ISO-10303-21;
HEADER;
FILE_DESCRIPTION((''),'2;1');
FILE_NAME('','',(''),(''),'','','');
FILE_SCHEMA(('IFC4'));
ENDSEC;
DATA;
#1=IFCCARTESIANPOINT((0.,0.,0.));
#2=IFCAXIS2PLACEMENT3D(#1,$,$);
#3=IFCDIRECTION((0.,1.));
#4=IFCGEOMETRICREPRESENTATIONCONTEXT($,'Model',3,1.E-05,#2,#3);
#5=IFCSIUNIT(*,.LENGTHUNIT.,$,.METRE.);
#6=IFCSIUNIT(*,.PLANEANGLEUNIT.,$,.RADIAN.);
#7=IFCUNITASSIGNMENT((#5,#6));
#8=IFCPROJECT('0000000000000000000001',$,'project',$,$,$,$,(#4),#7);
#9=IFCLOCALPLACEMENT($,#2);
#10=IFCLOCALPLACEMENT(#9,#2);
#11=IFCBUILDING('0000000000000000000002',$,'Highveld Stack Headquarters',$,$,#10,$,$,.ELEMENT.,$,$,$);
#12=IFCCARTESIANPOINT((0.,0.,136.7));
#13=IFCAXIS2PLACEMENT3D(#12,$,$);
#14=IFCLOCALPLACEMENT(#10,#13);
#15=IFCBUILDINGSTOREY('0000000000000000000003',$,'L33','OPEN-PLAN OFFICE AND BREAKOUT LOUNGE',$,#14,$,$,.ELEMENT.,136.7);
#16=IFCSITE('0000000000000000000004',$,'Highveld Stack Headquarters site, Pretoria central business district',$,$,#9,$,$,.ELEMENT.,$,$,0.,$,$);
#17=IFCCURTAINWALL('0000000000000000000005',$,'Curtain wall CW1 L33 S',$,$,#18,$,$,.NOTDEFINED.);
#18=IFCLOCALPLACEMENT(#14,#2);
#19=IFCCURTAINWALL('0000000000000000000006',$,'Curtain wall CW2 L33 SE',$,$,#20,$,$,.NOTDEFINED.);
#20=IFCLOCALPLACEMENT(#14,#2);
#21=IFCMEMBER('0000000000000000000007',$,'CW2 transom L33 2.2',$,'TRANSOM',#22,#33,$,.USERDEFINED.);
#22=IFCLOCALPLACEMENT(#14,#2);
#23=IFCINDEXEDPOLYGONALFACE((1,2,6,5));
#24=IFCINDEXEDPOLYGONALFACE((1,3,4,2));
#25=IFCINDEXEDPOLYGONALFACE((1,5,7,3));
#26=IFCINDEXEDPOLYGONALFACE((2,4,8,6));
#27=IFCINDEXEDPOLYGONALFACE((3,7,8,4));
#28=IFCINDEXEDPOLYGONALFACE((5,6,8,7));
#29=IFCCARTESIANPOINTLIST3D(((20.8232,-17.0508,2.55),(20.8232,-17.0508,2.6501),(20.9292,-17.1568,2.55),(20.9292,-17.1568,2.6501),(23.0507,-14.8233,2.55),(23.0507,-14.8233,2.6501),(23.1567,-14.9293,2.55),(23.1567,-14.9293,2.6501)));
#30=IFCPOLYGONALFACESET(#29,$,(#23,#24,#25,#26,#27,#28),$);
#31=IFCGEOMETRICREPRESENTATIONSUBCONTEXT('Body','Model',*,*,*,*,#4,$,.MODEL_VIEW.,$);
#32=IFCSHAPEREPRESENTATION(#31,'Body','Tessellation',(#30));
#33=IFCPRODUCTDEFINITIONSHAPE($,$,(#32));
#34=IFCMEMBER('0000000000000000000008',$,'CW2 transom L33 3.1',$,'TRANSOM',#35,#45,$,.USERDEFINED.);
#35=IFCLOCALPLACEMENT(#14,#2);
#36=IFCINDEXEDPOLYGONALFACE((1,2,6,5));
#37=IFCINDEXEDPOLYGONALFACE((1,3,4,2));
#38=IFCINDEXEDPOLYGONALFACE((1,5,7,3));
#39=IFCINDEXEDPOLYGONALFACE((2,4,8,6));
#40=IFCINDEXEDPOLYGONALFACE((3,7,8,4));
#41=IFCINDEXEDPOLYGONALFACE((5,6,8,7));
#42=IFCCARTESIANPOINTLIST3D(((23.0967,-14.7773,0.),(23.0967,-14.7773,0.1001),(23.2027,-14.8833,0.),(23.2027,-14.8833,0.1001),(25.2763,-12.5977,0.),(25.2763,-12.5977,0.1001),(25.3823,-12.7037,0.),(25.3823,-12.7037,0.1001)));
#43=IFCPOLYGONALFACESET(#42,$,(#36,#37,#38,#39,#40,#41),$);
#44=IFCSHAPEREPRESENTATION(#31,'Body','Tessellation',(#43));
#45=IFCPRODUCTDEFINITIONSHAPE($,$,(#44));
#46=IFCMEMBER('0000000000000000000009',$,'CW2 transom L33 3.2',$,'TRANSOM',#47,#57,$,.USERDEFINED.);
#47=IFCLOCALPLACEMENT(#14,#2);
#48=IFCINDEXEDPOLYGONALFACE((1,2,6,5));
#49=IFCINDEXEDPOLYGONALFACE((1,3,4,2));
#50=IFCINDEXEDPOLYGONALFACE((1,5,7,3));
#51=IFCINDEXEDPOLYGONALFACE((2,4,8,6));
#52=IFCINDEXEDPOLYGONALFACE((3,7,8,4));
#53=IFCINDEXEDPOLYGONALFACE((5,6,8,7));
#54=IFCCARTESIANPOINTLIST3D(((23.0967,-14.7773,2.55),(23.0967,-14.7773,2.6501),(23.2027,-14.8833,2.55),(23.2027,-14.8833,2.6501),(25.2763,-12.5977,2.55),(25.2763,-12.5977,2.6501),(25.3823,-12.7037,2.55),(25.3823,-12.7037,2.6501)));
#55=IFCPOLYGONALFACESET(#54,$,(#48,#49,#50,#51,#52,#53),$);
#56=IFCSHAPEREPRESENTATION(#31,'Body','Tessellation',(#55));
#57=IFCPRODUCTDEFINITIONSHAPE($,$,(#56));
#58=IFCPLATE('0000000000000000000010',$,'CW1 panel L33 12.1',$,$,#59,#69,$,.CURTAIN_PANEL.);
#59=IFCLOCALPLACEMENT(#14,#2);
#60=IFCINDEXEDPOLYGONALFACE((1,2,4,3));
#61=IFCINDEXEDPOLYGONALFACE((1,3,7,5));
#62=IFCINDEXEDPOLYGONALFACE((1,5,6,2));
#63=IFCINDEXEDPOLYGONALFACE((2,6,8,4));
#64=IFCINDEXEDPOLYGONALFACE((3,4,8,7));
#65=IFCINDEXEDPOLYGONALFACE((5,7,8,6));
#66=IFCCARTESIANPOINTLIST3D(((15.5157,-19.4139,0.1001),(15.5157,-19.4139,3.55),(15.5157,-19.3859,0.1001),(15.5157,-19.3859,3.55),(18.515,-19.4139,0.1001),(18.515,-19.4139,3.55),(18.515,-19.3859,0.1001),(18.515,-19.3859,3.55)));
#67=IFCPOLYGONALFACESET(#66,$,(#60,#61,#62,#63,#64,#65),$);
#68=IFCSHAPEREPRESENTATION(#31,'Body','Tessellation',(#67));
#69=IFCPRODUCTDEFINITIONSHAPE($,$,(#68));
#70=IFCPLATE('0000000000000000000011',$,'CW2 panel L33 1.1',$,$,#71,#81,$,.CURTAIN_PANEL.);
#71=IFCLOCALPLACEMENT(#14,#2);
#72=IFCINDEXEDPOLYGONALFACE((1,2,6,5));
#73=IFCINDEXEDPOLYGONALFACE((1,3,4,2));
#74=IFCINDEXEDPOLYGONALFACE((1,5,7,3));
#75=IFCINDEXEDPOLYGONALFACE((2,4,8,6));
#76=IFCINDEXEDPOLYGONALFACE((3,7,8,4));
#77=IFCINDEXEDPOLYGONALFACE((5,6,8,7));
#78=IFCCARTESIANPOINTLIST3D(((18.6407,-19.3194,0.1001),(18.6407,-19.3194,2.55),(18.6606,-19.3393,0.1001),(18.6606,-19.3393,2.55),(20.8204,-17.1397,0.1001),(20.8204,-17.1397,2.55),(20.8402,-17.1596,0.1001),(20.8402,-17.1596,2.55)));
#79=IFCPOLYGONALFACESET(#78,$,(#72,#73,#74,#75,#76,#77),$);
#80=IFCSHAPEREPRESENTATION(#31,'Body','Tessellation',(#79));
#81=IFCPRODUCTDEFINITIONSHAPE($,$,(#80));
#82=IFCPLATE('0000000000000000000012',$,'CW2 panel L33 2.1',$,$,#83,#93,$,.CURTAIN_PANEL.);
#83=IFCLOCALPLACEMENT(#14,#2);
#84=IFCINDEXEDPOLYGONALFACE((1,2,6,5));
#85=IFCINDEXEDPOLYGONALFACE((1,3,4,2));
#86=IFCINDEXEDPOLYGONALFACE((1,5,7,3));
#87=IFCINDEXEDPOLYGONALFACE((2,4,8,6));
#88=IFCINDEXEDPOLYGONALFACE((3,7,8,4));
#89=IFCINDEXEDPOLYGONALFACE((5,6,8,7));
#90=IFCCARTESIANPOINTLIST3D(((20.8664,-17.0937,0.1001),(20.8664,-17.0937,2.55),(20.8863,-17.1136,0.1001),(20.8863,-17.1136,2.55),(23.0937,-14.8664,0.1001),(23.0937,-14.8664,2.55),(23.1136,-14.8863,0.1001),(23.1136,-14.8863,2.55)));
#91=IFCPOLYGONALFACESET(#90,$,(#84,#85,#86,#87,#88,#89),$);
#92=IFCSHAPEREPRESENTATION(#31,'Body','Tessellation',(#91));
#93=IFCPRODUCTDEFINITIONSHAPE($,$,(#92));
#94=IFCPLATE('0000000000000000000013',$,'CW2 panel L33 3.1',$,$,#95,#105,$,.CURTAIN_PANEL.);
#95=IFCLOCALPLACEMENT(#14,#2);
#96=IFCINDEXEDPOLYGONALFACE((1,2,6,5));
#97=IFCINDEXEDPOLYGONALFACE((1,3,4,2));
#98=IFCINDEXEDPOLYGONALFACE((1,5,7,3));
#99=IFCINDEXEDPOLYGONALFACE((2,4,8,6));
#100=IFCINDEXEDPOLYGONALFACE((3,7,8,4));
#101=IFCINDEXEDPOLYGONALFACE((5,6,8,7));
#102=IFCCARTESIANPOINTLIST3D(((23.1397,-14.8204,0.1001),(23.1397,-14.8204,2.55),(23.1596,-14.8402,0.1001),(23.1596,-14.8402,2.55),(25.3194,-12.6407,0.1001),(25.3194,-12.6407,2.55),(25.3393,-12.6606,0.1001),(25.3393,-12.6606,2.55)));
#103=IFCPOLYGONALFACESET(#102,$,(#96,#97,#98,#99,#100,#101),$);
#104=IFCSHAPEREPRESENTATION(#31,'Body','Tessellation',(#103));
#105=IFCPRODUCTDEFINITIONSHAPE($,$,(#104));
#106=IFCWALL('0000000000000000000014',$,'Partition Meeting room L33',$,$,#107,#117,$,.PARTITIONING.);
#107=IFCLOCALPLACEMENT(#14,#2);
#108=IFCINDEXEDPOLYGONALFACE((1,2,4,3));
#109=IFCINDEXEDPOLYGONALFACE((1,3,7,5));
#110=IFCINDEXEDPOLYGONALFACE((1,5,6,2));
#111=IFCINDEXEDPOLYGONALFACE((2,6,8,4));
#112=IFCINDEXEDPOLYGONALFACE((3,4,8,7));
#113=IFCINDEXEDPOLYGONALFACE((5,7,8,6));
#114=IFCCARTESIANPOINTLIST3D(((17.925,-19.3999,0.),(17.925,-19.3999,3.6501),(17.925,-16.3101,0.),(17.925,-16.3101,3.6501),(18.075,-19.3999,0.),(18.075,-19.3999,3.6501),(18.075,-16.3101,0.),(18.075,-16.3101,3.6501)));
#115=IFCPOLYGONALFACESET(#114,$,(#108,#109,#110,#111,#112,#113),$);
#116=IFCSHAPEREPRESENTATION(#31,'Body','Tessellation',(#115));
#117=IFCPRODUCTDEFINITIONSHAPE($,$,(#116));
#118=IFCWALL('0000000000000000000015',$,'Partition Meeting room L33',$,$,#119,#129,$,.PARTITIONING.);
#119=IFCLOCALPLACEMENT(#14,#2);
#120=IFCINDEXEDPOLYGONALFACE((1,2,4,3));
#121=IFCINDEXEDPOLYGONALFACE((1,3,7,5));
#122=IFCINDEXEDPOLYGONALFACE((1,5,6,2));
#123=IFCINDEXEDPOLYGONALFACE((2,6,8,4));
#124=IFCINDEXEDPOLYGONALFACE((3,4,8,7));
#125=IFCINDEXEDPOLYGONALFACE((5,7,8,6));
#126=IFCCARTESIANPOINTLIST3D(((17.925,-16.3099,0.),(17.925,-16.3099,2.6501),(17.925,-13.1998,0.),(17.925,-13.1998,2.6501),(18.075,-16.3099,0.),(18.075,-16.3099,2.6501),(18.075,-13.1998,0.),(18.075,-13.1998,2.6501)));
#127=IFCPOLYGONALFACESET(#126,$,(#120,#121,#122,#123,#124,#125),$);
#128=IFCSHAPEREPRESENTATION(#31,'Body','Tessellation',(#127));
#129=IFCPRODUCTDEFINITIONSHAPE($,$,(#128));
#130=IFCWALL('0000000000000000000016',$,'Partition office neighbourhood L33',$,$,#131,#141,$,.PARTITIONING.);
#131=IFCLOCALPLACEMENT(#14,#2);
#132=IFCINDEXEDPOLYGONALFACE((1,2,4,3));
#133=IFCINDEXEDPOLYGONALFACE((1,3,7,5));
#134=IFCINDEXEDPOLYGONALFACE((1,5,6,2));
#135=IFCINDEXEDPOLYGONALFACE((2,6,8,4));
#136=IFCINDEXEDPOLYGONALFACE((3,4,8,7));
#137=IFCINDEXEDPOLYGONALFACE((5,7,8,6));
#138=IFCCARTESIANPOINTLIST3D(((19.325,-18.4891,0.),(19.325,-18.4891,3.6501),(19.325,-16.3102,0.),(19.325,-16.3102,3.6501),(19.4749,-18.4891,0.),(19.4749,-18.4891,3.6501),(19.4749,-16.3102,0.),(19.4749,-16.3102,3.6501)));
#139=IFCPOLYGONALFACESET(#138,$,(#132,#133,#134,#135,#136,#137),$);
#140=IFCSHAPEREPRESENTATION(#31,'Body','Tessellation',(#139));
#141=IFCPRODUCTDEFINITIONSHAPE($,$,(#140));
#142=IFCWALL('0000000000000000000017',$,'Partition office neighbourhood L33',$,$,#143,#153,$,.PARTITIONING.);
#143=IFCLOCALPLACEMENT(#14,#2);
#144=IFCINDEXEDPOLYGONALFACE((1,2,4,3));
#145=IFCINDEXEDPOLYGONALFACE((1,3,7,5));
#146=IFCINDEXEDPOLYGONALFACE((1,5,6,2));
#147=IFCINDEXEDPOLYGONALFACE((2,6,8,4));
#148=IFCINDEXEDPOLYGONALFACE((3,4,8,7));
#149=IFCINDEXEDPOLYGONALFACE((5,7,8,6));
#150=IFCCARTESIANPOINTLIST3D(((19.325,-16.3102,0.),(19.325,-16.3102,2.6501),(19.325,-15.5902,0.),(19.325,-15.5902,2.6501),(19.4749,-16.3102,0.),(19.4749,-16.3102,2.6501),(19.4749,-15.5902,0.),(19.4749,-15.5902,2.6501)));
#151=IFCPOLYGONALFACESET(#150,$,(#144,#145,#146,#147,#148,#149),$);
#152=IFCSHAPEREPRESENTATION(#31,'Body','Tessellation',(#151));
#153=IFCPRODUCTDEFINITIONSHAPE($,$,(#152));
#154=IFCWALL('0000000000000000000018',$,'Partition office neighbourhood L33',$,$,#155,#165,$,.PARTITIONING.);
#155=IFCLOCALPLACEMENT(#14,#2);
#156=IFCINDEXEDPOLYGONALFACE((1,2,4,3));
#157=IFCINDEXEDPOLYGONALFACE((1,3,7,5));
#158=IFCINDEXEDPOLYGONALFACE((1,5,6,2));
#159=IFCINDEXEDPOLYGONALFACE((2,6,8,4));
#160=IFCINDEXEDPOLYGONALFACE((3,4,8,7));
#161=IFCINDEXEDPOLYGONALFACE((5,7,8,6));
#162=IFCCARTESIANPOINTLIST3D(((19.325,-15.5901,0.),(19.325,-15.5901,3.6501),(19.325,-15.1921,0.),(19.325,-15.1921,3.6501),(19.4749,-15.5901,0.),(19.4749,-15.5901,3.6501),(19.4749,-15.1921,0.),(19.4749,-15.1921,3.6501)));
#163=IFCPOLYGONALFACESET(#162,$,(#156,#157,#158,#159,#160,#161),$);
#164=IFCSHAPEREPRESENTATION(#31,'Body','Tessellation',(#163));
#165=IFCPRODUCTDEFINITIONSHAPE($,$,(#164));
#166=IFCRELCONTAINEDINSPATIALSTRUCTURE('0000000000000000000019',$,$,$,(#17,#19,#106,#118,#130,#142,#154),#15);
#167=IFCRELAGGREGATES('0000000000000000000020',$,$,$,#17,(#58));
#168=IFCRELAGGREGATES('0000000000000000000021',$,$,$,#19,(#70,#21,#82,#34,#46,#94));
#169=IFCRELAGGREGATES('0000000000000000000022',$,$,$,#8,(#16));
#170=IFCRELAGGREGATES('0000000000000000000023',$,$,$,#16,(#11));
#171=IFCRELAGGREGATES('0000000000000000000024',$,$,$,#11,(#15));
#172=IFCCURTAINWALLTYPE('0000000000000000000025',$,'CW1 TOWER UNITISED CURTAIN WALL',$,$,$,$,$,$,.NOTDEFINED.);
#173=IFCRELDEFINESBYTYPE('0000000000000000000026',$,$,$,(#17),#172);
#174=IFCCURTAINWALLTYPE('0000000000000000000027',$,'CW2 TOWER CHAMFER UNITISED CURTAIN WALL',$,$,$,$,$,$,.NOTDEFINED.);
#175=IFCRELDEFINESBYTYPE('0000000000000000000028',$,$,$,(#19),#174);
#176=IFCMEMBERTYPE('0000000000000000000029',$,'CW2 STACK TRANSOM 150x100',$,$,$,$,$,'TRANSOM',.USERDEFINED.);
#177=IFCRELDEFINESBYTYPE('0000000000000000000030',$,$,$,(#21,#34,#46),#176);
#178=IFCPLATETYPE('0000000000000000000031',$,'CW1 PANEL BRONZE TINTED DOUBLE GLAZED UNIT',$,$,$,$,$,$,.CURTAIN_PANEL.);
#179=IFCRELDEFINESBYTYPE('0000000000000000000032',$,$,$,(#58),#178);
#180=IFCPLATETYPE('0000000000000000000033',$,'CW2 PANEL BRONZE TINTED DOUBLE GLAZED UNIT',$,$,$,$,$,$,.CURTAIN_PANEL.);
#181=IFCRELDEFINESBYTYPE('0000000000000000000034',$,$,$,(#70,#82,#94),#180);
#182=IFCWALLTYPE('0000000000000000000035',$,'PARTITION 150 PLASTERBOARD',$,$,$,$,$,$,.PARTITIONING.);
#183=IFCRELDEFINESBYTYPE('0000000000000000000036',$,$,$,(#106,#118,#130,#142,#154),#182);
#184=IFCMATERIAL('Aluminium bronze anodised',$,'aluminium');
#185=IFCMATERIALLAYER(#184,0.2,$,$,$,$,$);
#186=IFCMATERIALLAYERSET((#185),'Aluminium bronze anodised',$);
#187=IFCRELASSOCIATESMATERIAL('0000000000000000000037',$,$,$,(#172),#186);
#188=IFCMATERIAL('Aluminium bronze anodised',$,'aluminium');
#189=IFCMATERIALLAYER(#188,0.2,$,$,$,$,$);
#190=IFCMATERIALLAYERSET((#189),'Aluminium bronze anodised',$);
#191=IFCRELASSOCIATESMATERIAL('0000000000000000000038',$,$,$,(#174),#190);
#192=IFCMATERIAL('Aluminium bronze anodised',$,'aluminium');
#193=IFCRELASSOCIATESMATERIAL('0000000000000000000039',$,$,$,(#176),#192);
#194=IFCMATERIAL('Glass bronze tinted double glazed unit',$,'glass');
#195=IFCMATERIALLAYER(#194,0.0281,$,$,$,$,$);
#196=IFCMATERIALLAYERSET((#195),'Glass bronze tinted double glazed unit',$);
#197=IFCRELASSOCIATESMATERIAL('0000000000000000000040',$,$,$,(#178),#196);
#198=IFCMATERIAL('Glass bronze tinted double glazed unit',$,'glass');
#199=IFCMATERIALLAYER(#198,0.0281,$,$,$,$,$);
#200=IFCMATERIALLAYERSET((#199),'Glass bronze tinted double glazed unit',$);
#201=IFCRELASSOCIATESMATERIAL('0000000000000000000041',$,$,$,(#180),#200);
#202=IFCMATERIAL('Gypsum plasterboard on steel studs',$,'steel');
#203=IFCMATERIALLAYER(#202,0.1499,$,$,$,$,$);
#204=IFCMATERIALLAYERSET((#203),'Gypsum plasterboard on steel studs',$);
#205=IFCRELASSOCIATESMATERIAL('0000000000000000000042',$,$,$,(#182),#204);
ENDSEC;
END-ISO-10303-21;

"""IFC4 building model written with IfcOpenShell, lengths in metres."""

from ifc_helpers import new_model, si_unit, direction, frame, frame_2d, origin, origin_2d, place, context, subcontext, project, spatial, rectangle, extrude, material, layer, layer_set, material_profile, profile_set, type_object, element, aggregate, save


model = new_model("IFC4")

# Units and contexts
model_context = context("Model", 3, precision=1e-05, world=origin(), true_north=direction((0.0, 1.0)))
body_context = subcontext(model_context, "Body", "Model", "MODEL_VIEW")
ifc_project = project(units=[si_unit("LENGTHUNIT", "METRE"), si_unit("PLANEANGLEUNIT", "RADIAN")], contexts=[model_context])

# Site, building, storey
site_placement = place(None, origin())
site = spatial("IfcSite", under=ifc_project, at=site_placement, Name="Highveld Stack Headquarters site, Pretoria central business district", CompositionType="ELEMENT", RefElevation=0.0)
building_placement = place(site_placement, origin())
building = spatial("IfcBuilding", under=site, at=building_placement, Name="Highveld Stack Headquarters", CompositionType="ELEMENT")
storey_placement = place(building_placement, frame((0.0, 0.0, 136.7)))
storey = spatial("IfcBuildingStorey", under=building, at=storey_placement, Name="L33", Description="OPEN-PLAN OFFICE AND BREAKOUT LOUNGE", CompositionType="ELEMENT", Elevation=136.7)

# Curtain wall
ifc_material_1 = material(Name="Aluminium bronze anodised", Category="aluminium")
ifc_layer_1 = layer(ifc_material_1, 0.2)
ifc_layer_set_1 = layer_set([ifc_layer_1], Name="Aluminium bronze anodised")
curtain_wall_type_1 = type_object("IfcCurtainWallType", Name="CW1 TOWER UNITISED CURTAIN WALL", PredefinedType="NOTDEFINED", material=ifc_layer_set_1)
curtain_wall_1_placement = place(storey_placement, origin())
curtain_wall_1 = element("IfcCurtainWall", 1, at=curtain_wall_1_placement, inside=storey, type_object=curtain_wall_type_1, Name="Curtain wall CW1 L33 S", PredefinedType="NOTDEFINED")

# Curtain wall, members
ifc_material_2 = material(Name="Aluminium bronze anodised", Category="aluminium")
ifc_layer_2 = layer(ifc_material_2, 0.2)
ifc_layer_set_2 = layer_set([ifc_layer_2], Name="Aluminium bronze anodised")
curtain_wall_type_2 = type_object("IfcCurtainWallType", Name="CW2 TOWER CHAMFER UNITISED CURTAIN WALL", PredefinedType="NOTDEFINED", material=ifc_layer_set_2)
curtain_wall_2_placement = place(storey_placement, origin())
curtain_wall_2 = element("IfcCurtainWall", 2, at=curtain_wall_2_placement, inside=storey, type_object=curtain_wall_type_2, Name="Curtain wall CW2 L33 SE", PredefinedType="NOTDEFINED")
ifc_material_3 = material(Name="Aluminium bronze anodised", Category="aluminium")
ifc_material_profile_1 = material_profile(ifc_material_3, rectangle(XDim=0.1499, YDim=0.1001, at=origin_2d()), Name="CW2 TRANSOM 150x100")
ifc_profile_set_1 = profile_set([ifc_material_profile_1], Name="Aluminium bronze anodised")
member_type_1 = type_object("IfcMemberType", Name="CW2 STACK TRANSOM 150x100", ElementType="TRANSOM", PredefinedType="USERDEFINED", material=ifc_profile_set_1)
member_1_placement = place(storey_placement, frame((20.8762, -17.1038, 2.6001), z_axis=(0.707107, 0.707107, 0.0), x_axis=(-0.707107, 0.707107, 0.0)))
member_1 = element("IfcMember", 3, at=member_1_placement, type_object=member_type_1, Name="CW2 transom L33 2.2", ObjectType="TRANSOM", PredefinedType="USERDEFINED", context=body_context, shape_type="SweptSolid", body=[
    extrude(rectangle(XDim=0.1499, YDim=0.1001, at=origin_2d()), origin(), (0.0, 0.0, 1.0), 3.1501),
])
member_2_placement = place(storey_placement, frame((23.1497, -14.8303, 0.05), z_axis=(0.707107, 0.707107, 0.0), x_axis=(-0.707107, 0.707107, 0.0)))
member_2 = element("IfcMember", 4, at=member_2_placement, type_object=member_type_1, Name="CW2 transom L33 3.1", ObjectType="TRANSOM", PredefinedType="USERDEFINED", context=body_context, shape_type="SweptSolid", body=[
    extrude(rectangle(XDim=0.1499, YDim=0.1001, at=origin_2d()), origin(), (0.0, 0.0, 1.0), 3.0825),
])
member_3_placement = place(storey_placement, frame((23.1497, -14.8303, 2.6001), z_axis=(0.707107, 0.707107, 0.0), x_axis=(-0.707107, 0.707107, 0.0)))
member_3 = element("IfcMember", 5, at=member_3_placement, type_object=member_type_1, Name="CW2 transom L33 3.2", ObjectType="TRANSOM", PredefinedType="USERDEFINED", context=body_context, shape_type="SweptSolid", body=[
    extrude(rectangle(XDim=0.1499, YDim=0.1001, at=origin_2d()), origin(), (0.0, 0.0, 1.0), 3.0825),
])

# Plates
ifc_material_4 = material(Name="Glass bronze tinted double glazed unit", Category="glass")
ifc_layer_3 = layer(ifc_material_4, 0.0281)
ifc_layer_set_3 = layer_set([ifc_layer_3], Name="Glass bronze tinted double glazed unit")
plate_type_1 = type_object("IfcPlateType", Name="CW1 PANEL BRONZE TINTED DOUBLE GLAZED UNIT", PredefinedType="CURTAIN_PANEL", material=ifc_layer_set_3)
plate_1_placement = place(storey_placement, frame((17.0154, -19.3999, 0.1001), z_axis=(0.0, 0.0, 1.0), x_axis=(1.0, 0.0, 0.0)))
plate_1 = element("IfcPlate", 6, at=plate_1_placement, type_object=plate_type_1, Name="CW1 panel L33 12.1", PredefinedType="CURTAIN_PANEL", context=body_context, shape_type="SweptSolid", body=[
    extrude(rectangle(XDim=2.9993, YDim=0.0281, at=origin_2d()), origin(), (0.0, 0.0, 1.0), 3.45),
])
aggregate(curtain_wall_1, [plate_1])
ifc_material_5 = material(Name="Glass bronze tinted double glazed unit", Category="glass")
ifc_layer_4 = layer(ifc_material_5, 0.0281)
ifc_layer_set_4 = layer_set([ifc_layer_4], Name="Glass bronze tinted double glazed unit")
plate_type_2 = type_object("IfcPlateType", Name="CW2 PANEL BRONZE TINTED DOUBLE GLAZED UNIT", PredefinedType="CURTAIN_PANEL", material=ifc_layer_set_4)
plate_2_placement = place(storey_placement, frame((19.7405, -18.2395, 0.1001), z_axis=(0.0, 0.0, 1.0), x_axis=(0.707107, 0.707107, 0.0)))
plate_2 = element("IfcPlate", 7, at=plate_2_placement, type_object=plate_type_2, Name="CW2 panel L33 1.1", PredefinedType="CURTAIN_PANEL", context=body_context, shape_type="SweptSolid", body=[
    extrude(rectangle(XDim=3.0825, YDim=0.0281, at=origin_2d()), origin(), (0.0, 0.0, 1.0), 2.45),
])
plate_3_placement = place(storey_placement, frame((21.99, -15.99, 0.1001), z_axis=(0.0, 0.0, 1.0), x_axis=(0.707107, 0.707107, 0.0)))
plate_3 = element("IfcPlate", 8, at=plate_3_placement, type_object=plate_type_2, Name="CW2 panel L33 2.1", PredefinedType="CURTAIN_PANEL", context=body_context, shape_type="SweptSolid", body=[
    extrude(rectangle(XDim=3.1499, YDim=0.0281, at=origin_2d()), origin(), (0.0, 0.0, 1.0), 2.45),
])
plate_4_placement = place(storey_placement, frame((24.2395, -13.7405, 0.1001), z_axis=(0.0, 0.0, 1.0), x_axis=(0.707107, 0.707107, 0.0)))
plate_4 = element("IfcPlate", 9, at=plate_4_placement, type_object=plate_type_2, Name="CW2 panel L33 3.1", PredefinedType="CURTAIN_PANEL", context=body_context, shape_type="SweptSolid", body=[
    extrude(rectangle(XDim=3.0825, YDim=0.0281, at=origin_2d()), origin(), (0.0, 0.0, 1.0), 2.45),
])
aggregate(curtain_wall_2, [plate_2, member_1, plate_3, member_2, member_3, plate_4])

# Walls
ifc_material_6 = material(Name="Gypsum plasterboard on steel studs", Category="steel")
ifc_layer_5 = layer(ifc_material_6, 0.1499)
ifc_layer_set_5 = layer_set([ifc_layer_5], Name="Gypsum plasterboard on steel studs")
wall_type = type_object("IfcWallType", Name="PARTITION 150 PLASTERBOARD", PredefinedType="PARTITIONING", material=ifc_layer_set_5)
wall_1_placement = place(storey_placement, frame((18.0, -19.3999, 0.0), z_axis=(0.0, 0.0, 1.0), x_axis=(0.0, 1.0, 0.0)))
element("IfcWall", 10, at=wall_1_placement, inside=storey, type_object=wall_type, Name="Partition Meeting room L33", PredefinedType="PARTITIONING", context=body_context, shape_type="SweptSolid", body=[
    extrude(rectangle(XDim=3.0898, YDim=0.1499, at=frame_2d((1.5449, 0.0))), origin(), (0.0, 0.0, 1.0), 3.6501),
])
wall_2_placement = place(storey_placement, frame((18.0, -16.3101, 0.0), z_axis=(0.0, 0.0, 1.0), x_axis=(0.0, 1.0, 0.0)))
element("IfcWall", 11, at=wall_2_placement, inside=storey, type_object=wall_type, Name="Partition Meeting room L33", PredefinedType="PARTITIONING", context=body_context, shape_type="SweptSolid", body=[
    extrude(rectangle(XDim=3.1101, YDim=0.1499, at=frame_2d((1.5552, 0.0))), origin(), (0.0, 0.0, 1.0), 2.6501),
])
wall_3_placement = place(storey_placement, frame((19.3999, -18.489, 0.0), z_axis=(0.0, 0.0, 1.0), x_axis=(0.0, 1.0, 0.0)))
element("IfcWall", 12, at=wall_3_placement, inside=storey, type_object=wall_type, Name="Partition office neighbourhood L33", PredefinedType="PARTITIONING", context=body_context, shape_type="SweptSolid", body=[
    extrude(rectangle(XDim=2.179, YDim=0.1499, at=frame_2d((1.0894, 0.0))), origin(), (0.0, 0.0, 1.0), 3.6501),
])
wall_4_placement = place(storey_placement, frame((19.3999, -16.3101, 0.0), z_axis=(0.0, 0.0, 1.0), x_axis=(0.0, 1.0, 0.0)))
element("IfcWall", 13, at=wall_4_placement, inside=storey, type_object=wall_type, Name="Partition office neighbourhood L33", PredefinedType="PARTITIONING", context=body_context, shape_type="SweptSolid", body=[
    extrude(rectangle(XDim=0.72, YDim=0.1499, at=frame_2d((0.3599, 0.0))), origin(), (0.0, 0.0, 1.0), 2.6501),
])
wall_5_placement = place(storey_placement, frame((19.3999, -15.5901, 0.0), z_axis=(0.0, 0.0, 1.0), x_axis=(0.0, 1.0, 0.0)))
element("IfcWall", 14, at=wall_5_placement, inside=storey, type_object=wall_type, Name="Partition office neighbourhood L33", PredefinedType="PARTITIONING", context=body_context, shape_type="SweptSolid", body=[
    extrude(rectangle(XDim=0.3979, YDim=0.1499, at=frame_2d((0.199, 0.0))), origin(), (0.0, 0.0, 1.0), 3.6501),
])

save(model, "model.ifc")
